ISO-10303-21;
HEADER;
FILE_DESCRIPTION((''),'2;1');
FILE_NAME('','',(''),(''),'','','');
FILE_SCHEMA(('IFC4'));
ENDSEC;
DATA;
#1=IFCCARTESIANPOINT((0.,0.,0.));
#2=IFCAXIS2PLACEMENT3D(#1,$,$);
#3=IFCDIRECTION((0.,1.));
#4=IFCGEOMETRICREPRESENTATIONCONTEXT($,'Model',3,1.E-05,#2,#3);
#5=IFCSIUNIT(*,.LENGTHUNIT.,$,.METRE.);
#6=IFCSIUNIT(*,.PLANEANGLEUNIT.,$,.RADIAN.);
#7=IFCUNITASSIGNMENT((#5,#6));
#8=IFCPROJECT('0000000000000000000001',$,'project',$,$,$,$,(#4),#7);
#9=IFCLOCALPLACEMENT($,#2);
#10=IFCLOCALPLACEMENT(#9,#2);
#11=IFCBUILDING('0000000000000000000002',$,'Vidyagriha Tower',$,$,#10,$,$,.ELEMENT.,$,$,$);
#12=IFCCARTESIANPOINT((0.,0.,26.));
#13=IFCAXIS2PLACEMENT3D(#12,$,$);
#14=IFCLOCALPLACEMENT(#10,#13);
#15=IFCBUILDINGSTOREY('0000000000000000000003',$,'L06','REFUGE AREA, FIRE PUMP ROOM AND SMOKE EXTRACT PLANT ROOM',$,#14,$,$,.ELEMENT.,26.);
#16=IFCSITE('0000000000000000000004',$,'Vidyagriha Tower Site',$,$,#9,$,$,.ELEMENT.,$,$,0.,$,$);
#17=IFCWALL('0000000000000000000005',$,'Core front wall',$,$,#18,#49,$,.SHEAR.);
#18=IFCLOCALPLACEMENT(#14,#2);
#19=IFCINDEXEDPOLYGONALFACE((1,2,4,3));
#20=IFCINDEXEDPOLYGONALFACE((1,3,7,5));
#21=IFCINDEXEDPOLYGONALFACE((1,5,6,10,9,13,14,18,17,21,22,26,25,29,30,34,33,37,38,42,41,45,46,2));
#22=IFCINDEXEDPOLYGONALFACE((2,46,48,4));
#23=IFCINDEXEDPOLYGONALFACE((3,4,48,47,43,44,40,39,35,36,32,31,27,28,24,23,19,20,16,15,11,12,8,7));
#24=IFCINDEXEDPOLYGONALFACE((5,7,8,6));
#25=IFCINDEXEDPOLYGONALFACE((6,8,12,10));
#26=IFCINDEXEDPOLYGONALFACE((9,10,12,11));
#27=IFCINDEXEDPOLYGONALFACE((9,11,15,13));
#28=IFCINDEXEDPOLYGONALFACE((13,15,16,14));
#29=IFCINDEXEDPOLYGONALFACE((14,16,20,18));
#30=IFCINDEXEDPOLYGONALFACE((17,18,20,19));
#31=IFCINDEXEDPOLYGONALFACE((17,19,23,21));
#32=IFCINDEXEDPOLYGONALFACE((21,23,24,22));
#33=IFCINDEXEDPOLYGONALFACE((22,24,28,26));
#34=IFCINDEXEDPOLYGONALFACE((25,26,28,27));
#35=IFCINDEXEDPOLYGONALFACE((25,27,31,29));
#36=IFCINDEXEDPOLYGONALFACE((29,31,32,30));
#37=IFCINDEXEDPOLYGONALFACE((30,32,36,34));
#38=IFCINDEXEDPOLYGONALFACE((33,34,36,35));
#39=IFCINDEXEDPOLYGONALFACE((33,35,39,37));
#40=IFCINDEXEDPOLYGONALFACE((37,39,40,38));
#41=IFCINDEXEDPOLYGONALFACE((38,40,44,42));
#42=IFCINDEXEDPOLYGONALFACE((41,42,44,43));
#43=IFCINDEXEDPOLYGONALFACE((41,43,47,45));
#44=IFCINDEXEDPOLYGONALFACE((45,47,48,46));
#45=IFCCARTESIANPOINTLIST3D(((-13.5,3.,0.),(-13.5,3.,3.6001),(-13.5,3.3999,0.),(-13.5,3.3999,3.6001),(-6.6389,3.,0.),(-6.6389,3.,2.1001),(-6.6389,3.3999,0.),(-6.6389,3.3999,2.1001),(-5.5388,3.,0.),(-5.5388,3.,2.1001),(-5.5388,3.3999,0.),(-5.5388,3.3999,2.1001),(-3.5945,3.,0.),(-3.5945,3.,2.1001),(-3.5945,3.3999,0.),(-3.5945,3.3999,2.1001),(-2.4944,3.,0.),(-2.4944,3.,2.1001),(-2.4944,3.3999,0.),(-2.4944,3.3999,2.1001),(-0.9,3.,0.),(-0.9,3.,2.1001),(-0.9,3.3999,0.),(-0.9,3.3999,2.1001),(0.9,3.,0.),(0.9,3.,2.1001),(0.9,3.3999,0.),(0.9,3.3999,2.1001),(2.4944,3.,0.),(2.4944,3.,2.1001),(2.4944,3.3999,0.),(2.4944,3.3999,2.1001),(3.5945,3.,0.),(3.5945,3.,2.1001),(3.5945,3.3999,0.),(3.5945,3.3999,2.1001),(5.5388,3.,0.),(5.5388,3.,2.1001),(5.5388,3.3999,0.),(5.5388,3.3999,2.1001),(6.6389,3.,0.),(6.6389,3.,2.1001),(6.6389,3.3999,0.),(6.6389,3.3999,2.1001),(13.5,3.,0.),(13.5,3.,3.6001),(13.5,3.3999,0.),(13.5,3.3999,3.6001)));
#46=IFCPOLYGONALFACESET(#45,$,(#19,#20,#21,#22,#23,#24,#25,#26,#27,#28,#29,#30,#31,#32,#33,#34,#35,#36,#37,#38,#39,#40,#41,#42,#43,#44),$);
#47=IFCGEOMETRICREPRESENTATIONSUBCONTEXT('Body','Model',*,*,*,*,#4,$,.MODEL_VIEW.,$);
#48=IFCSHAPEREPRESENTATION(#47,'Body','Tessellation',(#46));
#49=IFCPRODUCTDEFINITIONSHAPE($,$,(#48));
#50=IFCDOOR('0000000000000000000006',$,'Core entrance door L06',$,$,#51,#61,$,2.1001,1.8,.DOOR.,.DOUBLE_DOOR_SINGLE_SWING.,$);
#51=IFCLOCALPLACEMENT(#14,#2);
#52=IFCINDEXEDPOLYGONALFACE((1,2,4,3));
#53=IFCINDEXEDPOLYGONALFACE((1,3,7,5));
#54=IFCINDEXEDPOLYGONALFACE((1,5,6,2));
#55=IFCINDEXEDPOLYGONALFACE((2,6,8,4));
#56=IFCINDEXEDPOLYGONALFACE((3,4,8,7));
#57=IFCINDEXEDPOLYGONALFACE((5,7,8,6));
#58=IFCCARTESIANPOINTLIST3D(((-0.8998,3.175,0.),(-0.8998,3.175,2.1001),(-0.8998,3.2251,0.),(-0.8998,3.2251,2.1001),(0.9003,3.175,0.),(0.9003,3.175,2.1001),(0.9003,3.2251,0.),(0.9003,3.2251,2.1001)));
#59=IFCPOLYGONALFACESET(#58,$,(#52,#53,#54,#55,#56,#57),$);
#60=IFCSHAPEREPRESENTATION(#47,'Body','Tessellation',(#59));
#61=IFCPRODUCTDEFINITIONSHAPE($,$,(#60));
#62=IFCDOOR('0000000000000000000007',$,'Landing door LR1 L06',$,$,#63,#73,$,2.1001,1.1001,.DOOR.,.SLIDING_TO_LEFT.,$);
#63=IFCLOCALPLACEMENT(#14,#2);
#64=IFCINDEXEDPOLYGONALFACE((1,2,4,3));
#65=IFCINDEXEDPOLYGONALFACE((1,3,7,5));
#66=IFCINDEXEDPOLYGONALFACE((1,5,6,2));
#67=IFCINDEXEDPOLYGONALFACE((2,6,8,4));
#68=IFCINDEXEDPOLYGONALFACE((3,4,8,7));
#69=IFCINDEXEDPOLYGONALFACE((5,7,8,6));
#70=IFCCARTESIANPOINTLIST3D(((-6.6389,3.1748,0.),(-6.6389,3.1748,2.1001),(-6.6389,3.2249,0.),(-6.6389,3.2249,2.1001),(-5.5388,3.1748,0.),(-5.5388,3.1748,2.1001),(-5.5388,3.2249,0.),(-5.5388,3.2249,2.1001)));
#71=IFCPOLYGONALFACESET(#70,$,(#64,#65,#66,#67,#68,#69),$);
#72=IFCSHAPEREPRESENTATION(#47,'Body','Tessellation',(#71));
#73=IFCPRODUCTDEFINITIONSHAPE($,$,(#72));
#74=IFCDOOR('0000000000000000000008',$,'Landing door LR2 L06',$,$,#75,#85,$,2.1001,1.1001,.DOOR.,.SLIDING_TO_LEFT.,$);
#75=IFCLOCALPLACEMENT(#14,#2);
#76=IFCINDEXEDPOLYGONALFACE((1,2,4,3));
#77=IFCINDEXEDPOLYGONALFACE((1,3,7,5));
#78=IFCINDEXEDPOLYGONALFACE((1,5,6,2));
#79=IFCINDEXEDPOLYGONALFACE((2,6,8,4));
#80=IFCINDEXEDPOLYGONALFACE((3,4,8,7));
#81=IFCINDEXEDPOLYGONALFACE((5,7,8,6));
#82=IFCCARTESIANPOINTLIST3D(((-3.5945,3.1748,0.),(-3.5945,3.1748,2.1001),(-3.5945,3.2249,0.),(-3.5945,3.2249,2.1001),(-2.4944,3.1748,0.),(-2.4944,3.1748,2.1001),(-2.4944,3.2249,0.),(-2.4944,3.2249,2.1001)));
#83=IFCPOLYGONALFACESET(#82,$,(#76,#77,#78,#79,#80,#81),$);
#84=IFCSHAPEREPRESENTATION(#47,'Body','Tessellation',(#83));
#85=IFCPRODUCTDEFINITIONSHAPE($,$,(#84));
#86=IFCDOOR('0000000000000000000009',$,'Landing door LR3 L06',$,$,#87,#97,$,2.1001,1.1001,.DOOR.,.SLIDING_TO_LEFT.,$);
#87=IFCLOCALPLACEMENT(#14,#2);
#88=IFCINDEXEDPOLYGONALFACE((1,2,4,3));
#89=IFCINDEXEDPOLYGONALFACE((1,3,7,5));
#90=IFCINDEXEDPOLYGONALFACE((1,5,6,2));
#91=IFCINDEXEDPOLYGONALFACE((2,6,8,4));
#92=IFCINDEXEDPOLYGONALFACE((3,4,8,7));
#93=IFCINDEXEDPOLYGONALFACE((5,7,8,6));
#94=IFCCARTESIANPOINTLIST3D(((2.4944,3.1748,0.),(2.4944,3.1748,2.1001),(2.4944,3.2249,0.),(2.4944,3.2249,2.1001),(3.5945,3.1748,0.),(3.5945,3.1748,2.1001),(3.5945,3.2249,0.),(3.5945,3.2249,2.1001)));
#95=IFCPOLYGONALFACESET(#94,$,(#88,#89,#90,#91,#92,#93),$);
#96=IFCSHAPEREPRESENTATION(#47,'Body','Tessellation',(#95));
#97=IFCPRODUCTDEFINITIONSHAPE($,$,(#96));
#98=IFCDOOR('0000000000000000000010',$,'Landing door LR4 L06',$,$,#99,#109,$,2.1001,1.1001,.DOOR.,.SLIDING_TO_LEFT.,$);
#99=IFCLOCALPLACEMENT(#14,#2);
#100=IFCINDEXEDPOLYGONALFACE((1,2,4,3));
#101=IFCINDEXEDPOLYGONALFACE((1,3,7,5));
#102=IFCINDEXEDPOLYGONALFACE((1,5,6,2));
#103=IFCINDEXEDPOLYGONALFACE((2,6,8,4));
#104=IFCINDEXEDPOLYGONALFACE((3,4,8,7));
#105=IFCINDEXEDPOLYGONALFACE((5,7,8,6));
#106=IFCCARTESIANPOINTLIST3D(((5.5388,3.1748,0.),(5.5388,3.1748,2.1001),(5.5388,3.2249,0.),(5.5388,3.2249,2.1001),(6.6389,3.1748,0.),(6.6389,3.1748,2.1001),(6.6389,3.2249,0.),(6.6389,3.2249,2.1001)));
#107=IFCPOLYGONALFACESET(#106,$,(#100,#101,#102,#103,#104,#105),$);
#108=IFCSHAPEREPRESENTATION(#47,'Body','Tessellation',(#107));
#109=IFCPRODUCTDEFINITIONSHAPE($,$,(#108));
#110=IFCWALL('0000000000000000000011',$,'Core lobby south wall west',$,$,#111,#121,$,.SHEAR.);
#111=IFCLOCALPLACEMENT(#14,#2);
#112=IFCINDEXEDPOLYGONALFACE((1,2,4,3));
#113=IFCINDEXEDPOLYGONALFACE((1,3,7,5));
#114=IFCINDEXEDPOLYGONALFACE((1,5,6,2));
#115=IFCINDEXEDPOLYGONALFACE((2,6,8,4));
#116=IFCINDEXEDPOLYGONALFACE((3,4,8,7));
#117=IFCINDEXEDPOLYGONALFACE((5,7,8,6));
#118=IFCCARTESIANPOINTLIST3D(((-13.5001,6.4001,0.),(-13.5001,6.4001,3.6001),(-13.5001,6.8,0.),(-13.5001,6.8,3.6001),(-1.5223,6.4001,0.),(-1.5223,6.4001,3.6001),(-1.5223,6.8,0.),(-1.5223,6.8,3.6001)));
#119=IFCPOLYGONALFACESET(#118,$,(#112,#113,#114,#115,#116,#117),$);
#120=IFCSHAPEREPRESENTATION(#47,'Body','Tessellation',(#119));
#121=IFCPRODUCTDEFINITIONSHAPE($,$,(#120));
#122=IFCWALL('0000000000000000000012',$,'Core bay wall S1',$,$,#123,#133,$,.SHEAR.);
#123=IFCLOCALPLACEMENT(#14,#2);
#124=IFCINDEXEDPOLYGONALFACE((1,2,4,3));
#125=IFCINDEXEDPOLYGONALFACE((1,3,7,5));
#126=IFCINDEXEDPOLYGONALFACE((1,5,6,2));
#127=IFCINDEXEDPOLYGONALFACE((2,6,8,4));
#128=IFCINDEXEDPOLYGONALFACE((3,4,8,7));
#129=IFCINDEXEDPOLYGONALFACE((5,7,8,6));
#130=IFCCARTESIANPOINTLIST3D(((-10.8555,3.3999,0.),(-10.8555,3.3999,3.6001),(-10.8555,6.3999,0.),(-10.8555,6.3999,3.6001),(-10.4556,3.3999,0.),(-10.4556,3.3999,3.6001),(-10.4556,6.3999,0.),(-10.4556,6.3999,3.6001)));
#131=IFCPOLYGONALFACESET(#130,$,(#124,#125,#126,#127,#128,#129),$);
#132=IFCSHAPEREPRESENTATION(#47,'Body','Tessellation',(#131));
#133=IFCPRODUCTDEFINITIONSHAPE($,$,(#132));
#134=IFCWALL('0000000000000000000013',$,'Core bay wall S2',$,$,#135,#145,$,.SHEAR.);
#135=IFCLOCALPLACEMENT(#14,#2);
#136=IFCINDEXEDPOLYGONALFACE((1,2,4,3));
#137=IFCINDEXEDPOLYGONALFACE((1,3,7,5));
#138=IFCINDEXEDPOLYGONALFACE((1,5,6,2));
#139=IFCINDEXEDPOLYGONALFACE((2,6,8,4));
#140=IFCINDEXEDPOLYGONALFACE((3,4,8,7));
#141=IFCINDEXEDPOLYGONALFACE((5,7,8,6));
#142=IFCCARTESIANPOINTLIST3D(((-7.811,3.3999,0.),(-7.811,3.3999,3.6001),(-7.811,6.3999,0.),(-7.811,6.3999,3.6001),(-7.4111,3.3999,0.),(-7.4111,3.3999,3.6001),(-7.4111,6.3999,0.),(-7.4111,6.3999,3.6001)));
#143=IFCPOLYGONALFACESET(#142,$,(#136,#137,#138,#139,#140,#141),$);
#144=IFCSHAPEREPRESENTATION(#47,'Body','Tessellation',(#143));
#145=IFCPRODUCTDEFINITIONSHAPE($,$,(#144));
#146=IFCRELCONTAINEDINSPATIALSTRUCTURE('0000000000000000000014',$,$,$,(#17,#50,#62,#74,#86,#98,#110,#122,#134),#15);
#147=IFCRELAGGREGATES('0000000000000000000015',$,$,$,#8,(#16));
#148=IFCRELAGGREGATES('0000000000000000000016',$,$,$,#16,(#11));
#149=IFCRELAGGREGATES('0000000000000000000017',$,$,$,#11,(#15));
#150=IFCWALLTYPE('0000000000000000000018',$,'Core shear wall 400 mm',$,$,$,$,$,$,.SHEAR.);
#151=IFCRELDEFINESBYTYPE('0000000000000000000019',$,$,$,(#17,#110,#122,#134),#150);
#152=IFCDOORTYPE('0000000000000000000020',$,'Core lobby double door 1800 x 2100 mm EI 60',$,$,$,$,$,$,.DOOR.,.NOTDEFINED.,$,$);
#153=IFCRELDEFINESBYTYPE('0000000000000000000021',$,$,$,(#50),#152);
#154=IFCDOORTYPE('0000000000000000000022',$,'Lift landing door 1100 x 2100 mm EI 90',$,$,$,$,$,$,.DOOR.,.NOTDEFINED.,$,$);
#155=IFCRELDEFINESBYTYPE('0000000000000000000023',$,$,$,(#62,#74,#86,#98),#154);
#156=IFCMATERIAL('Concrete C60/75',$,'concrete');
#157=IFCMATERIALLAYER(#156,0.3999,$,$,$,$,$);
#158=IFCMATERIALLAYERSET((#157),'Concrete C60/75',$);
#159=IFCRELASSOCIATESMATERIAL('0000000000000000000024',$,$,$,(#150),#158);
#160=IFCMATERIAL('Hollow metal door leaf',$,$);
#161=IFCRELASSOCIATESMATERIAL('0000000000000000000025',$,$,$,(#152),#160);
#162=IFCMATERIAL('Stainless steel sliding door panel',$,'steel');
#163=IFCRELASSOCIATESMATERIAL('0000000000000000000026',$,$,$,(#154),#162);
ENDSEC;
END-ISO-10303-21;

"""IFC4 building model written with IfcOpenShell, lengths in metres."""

from ifc_helpers import new_model, si_unit, direction, frame, frame_2d, origin, place, context, subcontext, project, spatial, rectangle, extrude, material, layer, layer_set, type_object, element, fill, save


model = new_model("IFC4")

# Units and contexts
model_context = context("Model", 3, precision=1e-05, world=origin(), true_north=direction((0.0, 1.0)))
body_context = subcontext(model_context, "Body", "Model", "MODEL_VIEW")
ifc_project = project(units=[si_unit("LENGTHUNIT", "METRE"), si_unit("PLANEANGLEUNIT", "RADIAN")], contexts=[model_context])

# Site, building, storey
site_placement = place(None, origin())
site = spatial("IfcSite", under=ifc_project, at=site_placement, Name="Vidyagriha Tower Site", CompositionType="ELEMENT", RefElevation=0.0)
building_placement = place(site_placement, origin())
building = spatial("IfcBuilding", under=site, at=building_placement, Name="Vidyagriha Tower", CompositionType="ELEMENT")
storey_placement = place(building_placement, frame((0.0, 0.0, 26.0)))
storey = spatial("IfcBuildingStorey", under=building, at=storey_placement, Name="L06", Description="REFUGE AREA, FIRE PUMP ROOM AND SMOKE EXTRACT PLANT ROOM", CompositionType="ELEMENT", Elevation=26.0)

# Wall, openings, doors
ifc_material_1 = material(Name="Concrete C60/75", Category="concrete")
ifc_layer_1 = layer(ifc_material_1, 0.3999)
ifc_layer_set_1 = layer_set([ifc_layer_1], Name="Concrete C60/75")
wall_type_1 = type_object("IfcWallType", Name="Core shear wall 400 mm", PredefinedType="SHEAR", material=ifc_layer_set_1)
wall_1_placement = place(storey_placement, frame((-13.5, 3.2, 0.0)))
wall_1 = element("IfcWall", 1, at=wall_1_placement, inside=storey, type_object=wall_type_1, Name="Core front wall", PredefinedType="SHEAR", context=body_context, shape_type="SweptSolid", body=[
    extrude(rectangle(XDim=27.0, YDim=0.3999, at=frame_2d((13.5, 0.0))), origin(), (0.0, 0.0, 1.0), 3.6001),
])
opening_1_placement = place(wall_1_placement, frame((6.8611, 0.0, 0.0)))
opening_1 = element("IfcOpeningElement", 2, at=opening_1_placement, cuts=wall_1, PredefinedType="OPENING", context=body_context, shape_type="SweptSolid", body=[
    extrude(rectangle(XDim=1.1001, YDim=2.1001, at=frame_2d((0.55, 1.05))), frame((0.0, 0.21, 0.0), z_axis=(0.0, -1.0, 0.0), x_axis=(1.0, 0.0, 0.0)), (0.0, 0.0, 1.0), 0.4199),
])
opening_2_placement = place(wall_1_placement, frame((9.9055, 0.0, 0.0)))
opening_2 = element("IfcOpeningElement", 3, at=opening_2_placement, cuts=wall_1, PredefinedType="OPENING", context=body_context, shape_type="SweptSolid", body=[
    extrude(rectangle(XDim=1.1001, YDim=2.1001, at=frame_2d((0.55, 1.05))), frame((0.0, 0.21, 0.0), z_axis=(0.0, -1.0, 0.0), x_axis=(1.0, 0.0, 0.0)), (0.0, 0.0, 1.0), 0.4199),
])
opening_3_placement = place(wall_1_placement, frame((15.9944, 0.0, 0.0)))
opening_3 = element("IfcOpeningElement", 4, at=opening_3_placement, cuts=wall_1, PredefinedType="OPENING", context=body_context, shape_type="SweptSolid", body=[
    extrude(rectangle(XDim=1.1001, YDim=2.1001, at=frame_2d((0.55, 1.05))), frame((0.0, 0.21, 0.0), z_axis=(0.0, -1.0, 0.0), x_axis=(1.0, 0.0, 0.0)), (0.0, 0.0, 1.0), 0.4199),
])
opening_4_placement = place(wall_1_placement, frame((19.0388, 0.0, 0.0)))
opening_4 = element("IfcOpeningElement", 5, at=opening_4_placement, cuts=wall_1, PredefinedType="OPENING", context=body_context, shape_type="SweptSolid", body=[
    extrude(rectangle(XDim=1.1001, YDim=2.1001, at=frame_2d((0.55, 1.05))), frame((0.0, 0.21, 0.0), z_axis=(0.0, -1.0, 0.0), x_axis=(1.0, 0.0, 0.0)), (0.0, 0.0, 1.0), 0.4199),
])
opening_5_placement = place(wall_1_placement, frame((12.6001, 0.0, 0.0)))
opening_5 = element("IfcOpeningElement", 6, at=opening_5_placement, cuts=wall_1, PredefinedType="OPENING", context=body_context, shape_type="SweptSolid", body=[
    extrude(rectangle(XDim=1.8, YDim=2.1001, at=frame_2d((0.8999, 1.05))), frame((0.0, 0.21, 0.0), z_axis=(0.0, -1.0, 0.0), x_axis=(1.0, 0.0, 0.0)), (0.0, 0.0, 1.0), 0.4199),
])
ifc_material_2 = material(Name="Hollow metal door leaf")
door_type_1 = type_object("IfcDoorType", Name="Core lobby double door 1800 x 2100 mm EI 60", OperationType="NOTDEFINED", PredefinedType="DOOR", material=ifc_material_2)
door_1_placement = place(opening_5_placement, frame((1.8, 0.0, 0.0), z_axis=(0.0, 0.0, 1.0), x_axis=(-1.0, 0.0, 0.0)))
door_1 = element("IfcDoor", 7, at=door_1_placement, inside=storey, type_object=door_type_1, Name="Core entrance door L06", OperationType="DOUBLE_DOOR_SINGLE_SWING", OverallHeight=2.1001, OverallWidth=1.8, PredefinedType="DOOR", context=body_context, shape_type="SweptSolid", body=[
    extrude(rectangle(XDim=1.8, YDim=2.1001, at=frame_2d((0.8999, 1.05))), frame((0.0, 0.0249, 0.0), z_axis=(0.0, -1.0, 0.0), x_axis=(1.0, 0.0, 0.0)), (0.0, 0.0, 1.0), 0.05),
])
fill(opening_5, door_1)
ifc_material_3 = material(Name="Stainless steel sliding door panel", Category="steel")
door_type_2 = type_object("IfcDoorType", Name="Lift landing door 1100 x 2100 mm EI 90", OperationType="NOTDEFINED", PredefinedType="DOOR", material=ifc_material_3)
door_2_placement = place(opening_1_placement, origin())
door_2 = element("IfcDoor", 8, at=door_2_placement, inside=storey, type_object=door_type_2, Name="Landing door LR1 L06", OperationType="SLIDING_TO_LEFT", OverallHeight=2.1001, OverallWidth=1.1001, PredefinedType="DOOR", context=body_context, shape_type="SweptSolid", body=[
    extrude(rectangle(XDim=1.1001, YDim=2.1001, at=frame_2d((0.55, 1.05))), frame((0.0, 0.0249, 0.0), z_axis=(0.0, -1.0, 0.0), x_axis=(1.0, 0.0, 0.0)), (0.0, 0.0, 1.0), 0.05),
])
fill(opening_1, door_2)
door_3_placement = place(opening_2_placement, origin())
door_3 = element("IfcDoor", 9, at=door_3_placement, inside=storey, type_object=door_type_2, Name="Landing door LR2 L06", OperationType="SLIDING_TO_LEFT", OverallHeight=2.1001, OverallWidth=1.1001, PredefinedType="DOOR", context=body_context, shape_type="SweptSolid", body=[
    extrude(rectangle(XDim=1.1001, YDim=2.1001, at=frame_2d((0.55, 1.05))), frame((0.0, 0.0249, 0.0), z_axis=(0.0, -1.0, 0.0), x_axis=(1.0, 0.0, 0.0)), (0.0, 0.0, 1.0), 0.05),
])
fill(opening_2, door_3)
door_4_placement = place(opening_3_placement, origin())
door_4 = element("IfcDoor", 10, at=door_4_placement, inside=storey, type_object=door_type_2, Name="Landing door LR3 L06", OperationType="SLIDING_TO_LEFT", OverallHeight=2.1001, OverallWidth=1.1001, PredefinedType="DOOR", context=body_context, shape_type="SweptSolid", body=[
    extrude(rectangle(XDim=1.1001, YDim=2.1001, at=frame_2d((0.55, 1.05))), frame((0.0, 0.0249, 0.0), z_axis=(0.0, -1.0, 0.0), x_axis=(1.0, 0.0, 0.0)), (0.0, 0.0, 1.0), 0.05),
])
fill(opening_3, door_4)
door_5_placement = place(opening_4_placement, origin())
door_5 = element("IfcDoor", 11, at=door_5_placement, inside=storey, type_object=door_type_2, Name="Landing door LR4 L06", OperationType="SLIDING_TO_LEFT", OverallHeight=2.1001, OverallWidth=1.1001, PredefinedType="DOOR", context=body_context, shape_type="SweptSolid", body=[
    extrude(rectangle(XDim=1.1001, YDim=2.1001, at=frame_2d((0.55, 1.05))), frame((0.0, 0.0249, 0.0), z_axis=(0.0, -1.0, 0.0), x_axis=(1.0, 0.0, 0.0)), (0.0, 0.0, 1.0), 0.05),
])
fill(opening_4, door_5)

# Walls
wall_2_placement = place(storey_placement, frame((-13.5, 6.6001, 0.0)))
element("IfcWall", 12, at=wall_2_placement, inside=storey, type_object=wall_type_1, Name="Core lobby south wall west", PredefinedType="SHEAR", context=body_context, shape_type="SweptSolid", body=[
    extrude(rectangle(XDim=11.9778, YDim=0.3999, at=frame_2d((5.9888, 0.0))), origin(), (0.0, 0.0, 1.0), 3.6001),
])
for number, where, z_axis, x_axis, name in (
    (13, (-10.6555, 3.3999, 0.0), (0.0, 0.0, 1.0), (0.0, 1.0, 0.0), "Core bay wall S1"),
    (14, (-7.6111, 3.3999, 0.0), (0.0, 0.0, 1.0), (0.0, 1.0, 0.0), "Core bay wall S2"),
):
    element("IfcWall", number, at=place(storey_placement, frame(where, z_axis=z_axis, x_axis=x_axis)), inside=storey, type_object=wall_type_1, Name=name, PredefinedType="SHEAR", context=body_context, shape_type="SweptSolid", body=[
        extrude(rectangle(XDim=3.0, YDim=0.3999, at=frame_2d((1.5, 0.0))), origin(), (0.0, 0.0, 1.0), 3.6001),
    ])

save(model, "model.ifc")
